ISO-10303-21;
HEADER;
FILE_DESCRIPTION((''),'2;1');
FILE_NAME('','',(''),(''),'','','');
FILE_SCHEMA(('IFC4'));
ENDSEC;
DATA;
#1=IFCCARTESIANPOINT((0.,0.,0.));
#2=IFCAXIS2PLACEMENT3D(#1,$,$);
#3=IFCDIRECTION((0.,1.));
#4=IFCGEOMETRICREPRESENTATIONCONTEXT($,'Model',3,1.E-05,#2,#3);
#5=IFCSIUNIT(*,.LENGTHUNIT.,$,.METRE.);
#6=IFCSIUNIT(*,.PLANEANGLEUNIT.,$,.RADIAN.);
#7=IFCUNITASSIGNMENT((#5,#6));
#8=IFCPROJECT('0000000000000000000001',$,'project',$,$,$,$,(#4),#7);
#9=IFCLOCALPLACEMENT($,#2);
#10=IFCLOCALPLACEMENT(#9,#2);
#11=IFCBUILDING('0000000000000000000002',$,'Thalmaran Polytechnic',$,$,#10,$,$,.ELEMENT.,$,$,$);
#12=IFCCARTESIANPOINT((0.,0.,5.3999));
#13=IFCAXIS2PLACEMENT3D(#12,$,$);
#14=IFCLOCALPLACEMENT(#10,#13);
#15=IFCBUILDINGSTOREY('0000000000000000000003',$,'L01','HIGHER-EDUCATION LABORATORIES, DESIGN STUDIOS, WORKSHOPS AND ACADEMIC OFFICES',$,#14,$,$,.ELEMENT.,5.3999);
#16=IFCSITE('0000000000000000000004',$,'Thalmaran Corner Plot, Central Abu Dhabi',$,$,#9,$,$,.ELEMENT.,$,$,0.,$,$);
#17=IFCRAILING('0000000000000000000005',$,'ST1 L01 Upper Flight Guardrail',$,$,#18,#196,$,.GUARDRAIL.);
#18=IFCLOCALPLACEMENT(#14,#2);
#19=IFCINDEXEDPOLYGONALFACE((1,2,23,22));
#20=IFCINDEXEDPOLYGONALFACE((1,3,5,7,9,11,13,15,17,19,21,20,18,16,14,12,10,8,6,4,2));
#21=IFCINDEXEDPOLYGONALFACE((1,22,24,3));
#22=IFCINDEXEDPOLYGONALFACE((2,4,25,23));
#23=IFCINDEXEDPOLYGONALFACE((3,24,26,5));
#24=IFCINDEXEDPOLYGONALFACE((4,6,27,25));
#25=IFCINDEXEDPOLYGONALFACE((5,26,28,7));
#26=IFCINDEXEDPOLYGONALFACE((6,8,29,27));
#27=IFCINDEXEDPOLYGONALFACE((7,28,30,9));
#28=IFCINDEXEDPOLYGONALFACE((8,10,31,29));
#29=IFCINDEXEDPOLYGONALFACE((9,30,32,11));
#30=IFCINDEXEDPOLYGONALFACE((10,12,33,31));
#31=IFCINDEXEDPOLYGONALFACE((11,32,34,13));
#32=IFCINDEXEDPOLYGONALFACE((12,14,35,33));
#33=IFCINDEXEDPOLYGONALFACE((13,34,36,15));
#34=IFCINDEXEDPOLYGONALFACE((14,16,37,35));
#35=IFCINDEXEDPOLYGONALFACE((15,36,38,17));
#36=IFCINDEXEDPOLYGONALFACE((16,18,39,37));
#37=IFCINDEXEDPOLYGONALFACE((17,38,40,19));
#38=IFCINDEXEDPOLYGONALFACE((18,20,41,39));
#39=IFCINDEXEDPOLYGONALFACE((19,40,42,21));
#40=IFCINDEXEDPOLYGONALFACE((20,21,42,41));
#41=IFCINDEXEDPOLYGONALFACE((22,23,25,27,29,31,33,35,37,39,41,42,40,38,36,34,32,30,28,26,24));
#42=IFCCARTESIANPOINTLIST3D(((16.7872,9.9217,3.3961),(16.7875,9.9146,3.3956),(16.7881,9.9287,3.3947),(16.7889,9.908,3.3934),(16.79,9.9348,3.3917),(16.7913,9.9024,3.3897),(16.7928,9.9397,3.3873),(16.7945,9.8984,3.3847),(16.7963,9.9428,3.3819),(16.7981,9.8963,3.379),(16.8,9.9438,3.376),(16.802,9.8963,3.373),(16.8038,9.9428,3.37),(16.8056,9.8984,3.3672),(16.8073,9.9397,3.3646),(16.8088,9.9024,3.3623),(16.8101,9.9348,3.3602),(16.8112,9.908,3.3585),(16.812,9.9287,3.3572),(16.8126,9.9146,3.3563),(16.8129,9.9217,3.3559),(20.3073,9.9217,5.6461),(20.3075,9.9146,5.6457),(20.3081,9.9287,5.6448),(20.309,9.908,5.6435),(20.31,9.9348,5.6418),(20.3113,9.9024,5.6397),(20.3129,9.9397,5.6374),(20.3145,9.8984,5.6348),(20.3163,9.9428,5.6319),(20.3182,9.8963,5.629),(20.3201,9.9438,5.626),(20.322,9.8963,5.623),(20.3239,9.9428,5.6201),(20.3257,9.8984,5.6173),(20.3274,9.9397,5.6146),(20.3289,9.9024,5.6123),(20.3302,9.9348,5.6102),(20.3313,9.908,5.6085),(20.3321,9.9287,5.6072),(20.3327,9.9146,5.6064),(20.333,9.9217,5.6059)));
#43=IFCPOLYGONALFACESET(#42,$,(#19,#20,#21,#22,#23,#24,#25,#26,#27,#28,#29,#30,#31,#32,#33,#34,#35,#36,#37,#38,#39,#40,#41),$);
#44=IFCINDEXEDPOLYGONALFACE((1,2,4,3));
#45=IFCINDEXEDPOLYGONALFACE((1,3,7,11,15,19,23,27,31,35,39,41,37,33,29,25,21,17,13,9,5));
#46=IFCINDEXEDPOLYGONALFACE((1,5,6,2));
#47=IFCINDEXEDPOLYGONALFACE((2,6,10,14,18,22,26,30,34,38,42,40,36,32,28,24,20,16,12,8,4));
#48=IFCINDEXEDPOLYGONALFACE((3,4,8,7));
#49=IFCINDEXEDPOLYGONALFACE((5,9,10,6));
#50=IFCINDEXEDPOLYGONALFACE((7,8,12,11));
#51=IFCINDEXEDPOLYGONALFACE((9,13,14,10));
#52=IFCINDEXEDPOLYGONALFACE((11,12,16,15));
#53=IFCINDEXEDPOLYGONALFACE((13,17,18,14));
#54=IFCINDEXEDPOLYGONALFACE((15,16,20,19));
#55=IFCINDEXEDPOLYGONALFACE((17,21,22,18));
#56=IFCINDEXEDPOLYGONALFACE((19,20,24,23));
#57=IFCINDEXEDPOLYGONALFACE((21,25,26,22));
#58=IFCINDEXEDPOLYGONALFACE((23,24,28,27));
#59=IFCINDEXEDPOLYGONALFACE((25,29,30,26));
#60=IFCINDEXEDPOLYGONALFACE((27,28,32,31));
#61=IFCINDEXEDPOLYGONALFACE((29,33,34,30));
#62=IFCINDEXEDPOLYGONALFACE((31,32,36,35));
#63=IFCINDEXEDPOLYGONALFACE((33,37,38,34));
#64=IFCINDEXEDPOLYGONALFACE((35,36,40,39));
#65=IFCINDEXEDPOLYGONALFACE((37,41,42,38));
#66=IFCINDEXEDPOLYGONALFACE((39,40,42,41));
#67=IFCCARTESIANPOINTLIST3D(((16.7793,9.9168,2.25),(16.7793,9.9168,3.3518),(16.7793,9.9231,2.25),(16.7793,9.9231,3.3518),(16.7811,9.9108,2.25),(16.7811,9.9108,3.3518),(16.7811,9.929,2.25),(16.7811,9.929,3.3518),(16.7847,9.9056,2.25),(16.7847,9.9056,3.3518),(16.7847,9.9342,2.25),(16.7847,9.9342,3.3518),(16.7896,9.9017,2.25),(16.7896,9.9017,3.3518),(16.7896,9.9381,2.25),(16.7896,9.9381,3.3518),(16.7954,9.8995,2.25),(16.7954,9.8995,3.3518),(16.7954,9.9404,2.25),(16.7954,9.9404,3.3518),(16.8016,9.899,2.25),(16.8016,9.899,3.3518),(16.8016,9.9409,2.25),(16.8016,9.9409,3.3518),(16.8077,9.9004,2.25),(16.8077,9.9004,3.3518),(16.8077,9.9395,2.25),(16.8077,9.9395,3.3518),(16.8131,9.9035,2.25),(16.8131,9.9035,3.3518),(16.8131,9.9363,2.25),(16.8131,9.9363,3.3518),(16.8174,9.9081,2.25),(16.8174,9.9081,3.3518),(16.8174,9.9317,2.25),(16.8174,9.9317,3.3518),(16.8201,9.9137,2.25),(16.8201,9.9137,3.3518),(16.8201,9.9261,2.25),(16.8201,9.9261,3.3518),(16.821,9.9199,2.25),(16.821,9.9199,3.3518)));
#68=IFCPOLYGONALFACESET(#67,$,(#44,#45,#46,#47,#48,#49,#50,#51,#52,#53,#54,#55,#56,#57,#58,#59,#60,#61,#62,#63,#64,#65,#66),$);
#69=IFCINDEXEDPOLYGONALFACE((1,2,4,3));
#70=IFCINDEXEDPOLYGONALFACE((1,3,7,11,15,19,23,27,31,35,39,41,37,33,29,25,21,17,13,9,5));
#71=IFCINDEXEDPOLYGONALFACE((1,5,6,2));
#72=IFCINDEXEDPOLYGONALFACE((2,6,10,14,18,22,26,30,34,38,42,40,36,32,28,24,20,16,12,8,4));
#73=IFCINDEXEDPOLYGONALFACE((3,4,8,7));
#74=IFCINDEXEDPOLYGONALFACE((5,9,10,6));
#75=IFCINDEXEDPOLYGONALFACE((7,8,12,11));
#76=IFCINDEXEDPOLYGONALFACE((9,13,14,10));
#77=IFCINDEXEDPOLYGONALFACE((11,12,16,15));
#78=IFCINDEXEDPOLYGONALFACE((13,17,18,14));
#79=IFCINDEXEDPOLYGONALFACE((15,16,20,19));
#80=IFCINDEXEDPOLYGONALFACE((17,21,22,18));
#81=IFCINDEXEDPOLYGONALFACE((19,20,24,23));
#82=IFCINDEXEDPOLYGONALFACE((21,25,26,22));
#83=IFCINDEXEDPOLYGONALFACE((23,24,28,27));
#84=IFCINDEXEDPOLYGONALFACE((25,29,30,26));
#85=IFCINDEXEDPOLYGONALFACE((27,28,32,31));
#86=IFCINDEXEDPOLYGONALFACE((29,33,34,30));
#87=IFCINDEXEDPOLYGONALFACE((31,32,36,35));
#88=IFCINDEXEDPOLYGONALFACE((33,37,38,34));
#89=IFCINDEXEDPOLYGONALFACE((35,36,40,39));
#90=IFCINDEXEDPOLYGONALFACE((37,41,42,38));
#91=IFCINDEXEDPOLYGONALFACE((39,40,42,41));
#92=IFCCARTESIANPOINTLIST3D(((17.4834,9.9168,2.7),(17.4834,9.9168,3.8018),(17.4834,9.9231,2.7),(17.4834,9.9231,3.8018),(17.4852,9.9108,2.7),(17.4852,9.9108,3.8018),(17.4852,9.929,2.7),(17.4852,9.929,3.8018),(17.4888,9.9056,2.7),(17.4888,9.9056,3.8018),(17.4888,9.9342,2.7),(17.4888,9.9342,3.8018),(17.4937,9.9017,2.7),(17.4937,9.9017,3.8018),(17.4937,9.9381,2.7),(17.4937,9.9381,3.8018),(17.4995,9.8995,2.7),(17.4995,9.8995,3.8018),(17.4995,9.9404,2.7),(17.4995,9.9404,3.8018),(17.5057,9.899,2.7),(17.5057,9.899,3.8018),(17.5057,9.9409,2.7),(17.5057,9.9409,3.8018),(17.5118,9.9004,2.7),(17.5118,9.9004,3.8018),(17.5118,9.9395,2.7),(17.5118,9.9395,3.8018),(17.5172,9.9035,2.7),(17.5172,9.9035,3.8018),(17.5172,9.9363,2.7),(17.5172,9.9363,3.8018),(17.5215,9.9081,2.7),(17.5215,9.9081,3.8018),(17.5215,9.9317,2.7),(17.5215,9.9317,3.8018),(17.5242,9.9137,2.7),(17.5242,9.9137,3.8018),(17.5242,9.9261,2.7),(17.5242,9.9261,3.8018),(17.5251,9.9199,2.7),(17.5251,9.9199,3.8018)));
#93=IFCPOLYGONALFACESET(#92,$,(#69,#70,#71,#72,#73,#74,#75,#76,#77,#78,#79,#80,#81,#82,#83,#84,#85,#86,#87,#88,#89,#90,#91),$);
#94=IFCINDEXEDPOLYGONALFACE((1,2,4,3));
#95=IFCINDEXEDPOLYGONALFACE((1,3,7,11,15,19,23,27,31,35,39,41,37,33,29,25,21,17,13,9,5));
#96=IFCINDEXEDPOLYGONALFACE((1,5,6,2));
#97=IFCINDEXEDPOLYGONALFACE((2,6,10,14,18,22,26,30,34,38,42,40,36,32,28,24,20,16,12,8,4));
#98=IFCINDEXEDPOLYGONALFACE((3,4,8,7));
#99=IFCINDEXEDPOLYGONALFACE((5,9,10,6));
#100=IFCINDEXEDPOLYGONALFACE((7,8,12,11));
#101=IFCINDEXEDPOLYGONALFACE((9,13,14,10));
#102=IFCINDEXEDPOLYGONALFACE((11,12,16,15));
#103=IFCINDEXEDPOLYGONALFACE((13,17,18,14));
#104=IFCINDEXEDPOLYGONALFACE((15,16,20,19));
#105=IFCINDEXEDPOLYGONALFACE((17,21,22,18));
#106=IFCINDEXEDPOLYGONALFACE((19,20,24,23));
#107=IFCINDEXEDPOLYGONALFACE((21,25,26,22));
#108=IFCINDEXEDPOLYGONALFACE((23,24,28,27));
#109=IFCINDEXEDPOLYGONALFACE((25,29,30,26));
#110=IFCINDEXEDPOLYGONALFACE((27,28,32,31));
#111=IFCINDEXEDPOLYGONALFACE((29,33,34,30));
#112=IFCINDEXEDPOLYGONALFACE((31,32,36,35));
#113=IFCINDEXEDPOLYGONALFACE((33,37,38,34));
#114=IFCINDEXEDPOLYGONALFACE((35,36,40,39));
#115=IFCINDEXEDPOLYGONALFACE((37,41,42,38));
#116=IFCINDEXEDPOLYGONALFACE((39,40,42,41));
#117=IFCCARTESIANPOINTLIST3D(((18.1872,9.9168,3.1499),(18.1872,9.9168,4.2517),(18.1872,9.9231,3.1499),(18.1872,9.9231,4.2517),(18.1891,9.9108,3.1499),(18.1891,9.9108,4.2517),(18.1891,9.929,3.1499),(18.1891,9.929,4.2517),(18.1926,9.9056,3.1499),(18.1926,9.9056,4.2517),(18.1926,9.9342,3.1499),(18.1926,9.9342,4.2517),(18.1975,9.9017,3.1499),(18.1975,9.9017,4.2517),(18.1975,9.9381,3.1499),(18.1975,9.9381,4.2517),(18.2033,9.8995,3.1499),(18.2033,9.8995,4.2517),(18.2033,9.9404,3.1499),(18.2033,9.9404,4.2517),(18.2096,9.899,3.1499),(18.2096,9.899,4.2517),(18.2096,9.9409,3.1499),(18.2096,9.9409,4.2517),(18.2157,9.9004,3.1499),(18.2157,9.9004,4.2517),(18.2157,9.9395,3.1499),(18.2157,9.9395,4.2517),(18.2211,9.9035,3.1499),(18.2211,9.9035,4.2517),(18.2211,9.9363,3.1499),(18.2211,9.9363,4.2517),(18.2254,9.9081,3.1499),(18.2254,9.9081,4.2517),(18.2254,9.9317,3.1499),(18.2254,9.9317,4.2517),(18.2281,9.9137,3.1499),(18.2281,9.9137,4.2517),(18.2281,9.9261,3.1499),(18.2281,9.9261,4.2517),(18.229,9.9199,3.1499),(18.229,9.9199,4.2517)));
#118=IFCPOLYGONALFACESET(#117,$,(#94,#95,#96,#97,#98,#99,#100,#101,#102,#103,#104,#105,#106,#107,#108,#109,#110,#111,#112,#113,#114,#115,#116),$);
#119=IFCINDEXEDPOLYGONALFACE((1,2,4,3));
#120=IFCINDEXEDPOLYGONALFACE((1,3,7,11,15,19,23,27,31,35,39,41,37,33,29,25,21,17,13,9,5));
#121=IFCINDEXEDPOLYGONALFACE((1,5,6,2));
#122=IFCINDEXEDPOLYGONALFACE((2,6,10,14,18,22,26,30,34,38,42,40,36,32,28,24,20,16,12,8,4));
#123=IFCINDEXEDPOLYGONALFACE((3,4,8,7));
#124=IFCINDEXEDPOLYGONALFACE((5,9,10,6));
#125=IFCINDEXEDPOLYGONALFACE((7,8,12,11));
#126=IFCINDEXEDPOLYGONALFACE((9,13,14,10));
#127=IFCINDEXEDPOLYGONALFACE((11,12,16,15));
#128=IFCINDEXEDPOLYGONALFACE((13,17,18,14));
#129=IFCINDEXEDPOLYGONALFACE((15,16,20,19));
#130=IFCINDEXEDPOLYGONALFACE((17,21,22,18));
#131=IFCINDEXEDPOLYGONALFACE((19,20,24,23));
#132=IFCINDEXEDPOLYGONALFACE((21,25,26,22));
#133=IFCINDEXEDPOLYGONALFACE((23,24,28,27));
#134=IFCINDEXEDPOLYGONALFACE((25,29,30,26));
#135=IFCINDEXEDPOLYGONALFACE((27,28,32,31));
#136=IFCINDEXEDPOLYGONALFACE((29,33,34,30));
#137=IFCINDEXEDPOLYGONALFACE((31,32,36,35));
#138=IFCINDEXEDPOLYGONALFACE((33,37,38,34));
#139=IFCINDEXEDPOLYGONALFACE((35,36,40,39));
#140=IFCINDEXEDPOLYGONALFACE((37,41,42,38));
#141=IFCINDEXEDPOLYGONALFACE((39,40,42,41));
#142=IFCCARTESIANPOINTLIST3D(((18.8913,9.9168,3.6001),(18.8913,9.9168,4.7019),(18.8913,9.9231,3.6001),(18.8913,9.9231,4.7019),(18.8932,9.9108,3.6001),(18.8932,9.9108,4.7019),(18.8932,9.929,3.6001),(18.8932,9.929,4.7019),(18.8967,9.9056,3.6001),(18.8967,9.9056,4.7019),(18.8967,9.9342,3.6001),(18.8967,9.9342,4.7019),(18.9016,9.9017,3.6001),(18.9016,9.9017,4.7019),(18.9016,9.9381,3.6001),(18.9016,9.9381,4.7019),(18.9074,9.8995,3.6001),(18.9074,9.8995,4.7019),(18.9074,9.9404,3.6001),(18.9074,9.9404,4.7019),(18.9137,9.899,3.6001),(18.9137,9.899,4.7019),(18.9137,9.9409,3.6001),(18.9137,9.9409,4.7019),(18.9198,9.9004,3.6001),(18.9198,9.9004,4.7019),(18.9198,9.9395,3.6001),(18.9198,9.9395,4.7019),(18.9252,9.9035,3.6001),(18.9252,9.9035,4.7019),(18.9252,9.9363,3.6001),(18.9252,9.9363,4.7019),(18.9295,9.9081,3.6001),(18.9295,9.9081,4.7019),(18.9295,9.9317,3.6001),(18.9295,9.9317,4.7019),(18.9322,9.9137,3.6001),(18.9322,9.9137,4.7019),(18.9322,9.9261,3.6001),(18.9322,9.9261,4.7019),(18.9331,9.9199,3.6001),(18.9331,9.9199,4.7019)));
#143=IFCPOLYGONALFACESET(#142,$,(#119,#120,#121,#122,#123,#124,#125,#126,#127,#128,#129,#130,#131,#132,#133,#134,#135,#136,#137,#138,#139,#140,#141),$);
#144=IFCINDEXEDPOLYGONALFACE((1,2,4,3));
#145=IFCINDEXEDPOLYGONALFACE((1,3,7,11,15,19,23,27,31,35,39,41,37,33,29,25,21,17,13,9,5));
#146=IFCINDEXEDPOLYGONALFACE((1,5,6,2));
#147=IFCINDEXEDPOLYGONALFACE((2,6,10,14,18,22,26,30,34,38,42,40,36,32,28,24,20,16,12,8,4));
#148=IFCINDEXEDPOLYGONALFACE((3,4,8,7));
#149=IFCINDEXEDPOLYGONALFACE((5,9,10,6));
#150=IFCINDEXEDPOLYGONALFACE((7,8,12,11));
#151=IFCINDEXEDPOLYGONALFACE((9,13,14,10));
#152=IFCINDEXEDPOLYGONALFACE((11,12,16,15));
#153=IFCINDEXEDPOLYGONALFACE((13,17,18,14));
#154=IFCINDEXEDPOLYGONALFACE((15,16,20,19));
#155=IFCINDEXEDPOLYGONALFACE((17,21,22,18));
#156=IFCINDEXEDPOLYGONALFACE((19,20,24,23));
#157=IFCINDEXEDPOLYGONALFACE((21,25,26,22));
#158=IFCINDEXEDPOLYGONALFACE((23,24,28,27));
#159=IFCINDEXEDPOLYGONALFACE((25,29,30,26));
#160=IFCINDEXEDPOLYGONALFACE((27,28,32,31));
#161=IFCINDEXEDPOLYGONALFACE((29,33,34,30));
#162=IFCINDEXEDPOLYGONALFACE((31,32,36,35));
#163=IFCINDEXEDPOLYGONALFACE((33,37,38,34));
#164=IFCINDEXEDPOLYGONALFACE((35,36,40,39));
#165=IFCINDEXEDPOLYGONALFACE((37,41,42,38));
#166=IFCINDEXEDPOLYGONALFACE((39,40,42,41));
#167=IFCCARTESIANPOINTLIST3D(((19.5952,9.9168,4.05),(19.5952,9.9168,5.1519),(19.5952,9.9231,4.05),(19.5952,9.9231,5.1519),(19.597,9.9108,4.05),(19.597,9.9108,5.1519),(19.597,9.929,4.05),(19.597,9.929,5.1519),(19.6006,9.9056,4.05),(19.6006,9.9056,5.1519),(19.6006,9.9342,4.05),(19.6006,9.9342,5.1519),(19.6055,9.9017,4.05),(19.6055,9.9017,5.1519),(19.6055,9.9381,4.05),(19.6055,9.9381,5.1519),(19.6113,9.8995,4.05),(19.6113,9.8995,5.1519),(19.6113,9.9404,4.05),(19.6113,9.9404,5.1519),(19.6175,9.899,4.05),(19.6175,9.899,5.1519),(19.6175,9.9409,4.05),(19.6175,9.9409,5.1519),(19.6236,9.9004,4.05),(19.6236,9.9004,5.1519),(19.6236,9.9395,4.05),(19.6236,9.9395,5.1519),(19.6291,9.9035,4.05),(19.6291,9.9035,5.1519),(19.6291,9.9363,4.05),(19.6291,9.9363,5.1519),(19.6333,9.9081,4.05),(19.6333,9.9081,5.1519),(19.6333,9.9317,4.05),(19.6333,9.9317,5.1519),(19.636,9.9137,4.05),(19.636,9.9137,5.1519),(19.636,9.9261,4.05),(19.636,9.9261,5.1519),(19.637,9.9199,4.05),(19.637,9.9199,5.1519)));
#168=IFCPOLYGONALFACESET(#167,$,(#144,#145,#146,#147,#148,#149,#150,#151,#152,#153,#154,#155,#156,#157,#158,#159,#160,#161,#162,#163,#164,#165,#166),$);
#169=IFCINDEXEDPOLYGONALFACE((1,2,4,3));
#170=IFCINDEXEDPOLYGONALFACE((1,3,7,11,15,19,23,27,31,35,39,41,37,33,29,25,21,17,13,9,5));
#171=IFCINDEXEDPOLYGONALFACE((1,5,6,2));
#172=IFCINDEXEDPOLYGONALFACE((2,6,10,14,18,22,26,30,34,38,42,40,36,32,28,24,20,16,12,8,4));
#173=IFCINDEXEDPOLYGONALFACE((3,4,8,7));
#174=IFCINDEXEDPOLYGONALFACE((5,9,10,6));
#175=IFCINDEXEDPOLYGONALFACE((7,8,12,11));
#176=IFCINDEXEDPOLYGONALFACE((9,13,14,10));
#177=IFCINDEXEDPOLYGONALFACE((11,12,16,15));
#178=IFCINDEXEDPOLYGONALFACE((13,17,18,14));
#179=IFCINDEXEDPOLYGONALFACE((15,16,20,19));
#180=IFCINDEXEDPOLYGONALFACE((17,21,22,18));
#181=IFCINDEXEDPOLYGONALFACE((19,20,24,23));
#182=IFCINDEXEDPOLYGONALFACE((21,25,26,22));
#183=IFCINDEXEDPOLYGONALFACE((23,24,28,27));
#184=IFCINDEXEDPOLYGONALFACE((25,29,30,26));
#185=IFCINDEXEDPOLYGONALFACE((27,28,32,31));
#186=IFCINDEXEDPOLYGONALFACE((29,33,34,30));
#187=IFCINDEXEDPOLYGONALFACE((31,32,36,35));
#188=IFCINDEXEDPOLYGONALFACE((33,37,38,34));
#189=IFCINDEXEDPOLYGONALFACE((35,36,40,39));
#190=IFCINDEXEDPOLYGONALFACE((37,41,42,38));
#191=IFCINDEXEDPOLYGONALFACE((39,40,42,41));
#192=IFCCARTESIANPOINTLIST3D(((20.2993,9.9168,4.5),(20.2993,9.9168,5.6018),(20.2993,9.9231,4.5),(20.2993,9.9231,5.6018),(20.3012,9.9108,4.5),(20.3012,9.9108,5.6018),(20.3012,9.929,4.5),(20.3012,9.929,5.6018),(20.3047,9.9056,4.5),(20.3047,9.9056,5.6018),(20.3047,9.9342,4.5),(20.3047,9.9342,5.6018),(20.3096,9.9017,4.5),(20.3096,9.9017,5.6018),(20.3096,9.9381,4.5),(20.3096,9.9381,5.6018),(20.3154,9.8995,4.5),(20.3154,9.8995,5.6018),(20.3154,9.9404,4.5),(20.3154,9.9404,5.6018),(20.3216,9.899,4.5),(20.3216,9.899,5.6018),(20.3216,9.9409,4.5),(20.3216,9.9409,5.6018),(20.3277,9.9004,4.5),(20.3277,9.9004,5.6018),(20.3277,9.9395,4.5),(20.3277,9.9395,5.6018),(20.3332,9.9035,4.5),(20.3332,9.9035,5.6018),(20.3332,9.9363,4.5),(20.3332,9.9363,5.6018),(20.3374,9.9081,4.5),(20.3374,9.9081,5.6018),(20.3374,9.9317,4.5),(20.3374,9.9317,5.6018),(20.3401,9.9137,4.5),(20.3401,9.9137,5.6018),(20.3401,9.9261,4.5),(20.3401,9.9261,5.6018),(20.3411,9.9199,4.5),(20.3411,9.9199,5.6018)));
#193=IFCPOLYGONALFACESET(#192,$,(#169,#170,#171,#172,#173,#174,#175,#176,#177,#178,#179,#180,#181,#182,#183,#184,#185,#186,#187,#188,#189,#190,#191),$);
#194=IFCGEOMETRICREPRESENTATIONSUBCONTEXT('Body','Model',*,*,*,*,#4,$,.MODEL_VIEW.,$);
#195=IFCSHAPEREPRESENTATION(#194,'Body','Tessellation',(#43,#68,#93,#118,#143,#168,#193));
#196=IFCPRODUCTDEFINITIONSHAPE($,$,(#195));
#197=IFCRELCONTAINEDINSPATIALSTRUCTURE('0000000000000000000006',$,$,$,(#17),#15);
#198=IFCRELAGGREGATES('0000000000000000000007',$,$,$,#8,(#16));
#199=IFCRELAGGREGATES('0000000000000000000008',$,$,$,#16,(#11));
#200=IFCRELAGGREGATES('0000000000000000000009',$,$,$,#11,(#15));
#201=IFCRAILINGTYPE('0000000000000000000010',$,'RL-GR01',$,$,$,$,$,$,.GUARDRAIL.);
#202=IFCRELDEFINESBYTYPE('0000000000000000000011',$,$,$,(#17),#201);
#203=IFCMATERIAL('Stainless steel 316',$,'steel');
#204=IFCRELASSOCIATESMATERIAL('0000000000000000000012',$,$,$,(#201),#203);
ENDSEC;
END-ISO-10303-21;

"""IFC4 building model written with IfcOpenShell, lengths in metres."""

from ifc_helpers import new_model, si_unit, direction, frame, origin, origin_2d, place, context, subcontext, project, spatial, circle, extrude, material, type_object, element, save


model = new_model("IFC4")

# Units and contexts
model_context = context("Model", 3, precision=1e-05, world=origin(), true_north=direction((0.0, 1.0)))
body_context = subcontext(model_context, "Body", "Model", "MODEL_VIEW")
ifc_project = project(units=[si_unit("LENGTHUNIT", "METRE"), si_unit("PLANEANGLEUNIT", "RADIAN")], contexts=[model_context])

# Site, building, storey
site_placement = place(None, origin())
site = spatial("IfcSite", under=ifc_project, at=site_placement, Name="Thalmaran Corner Plot, Central Abu Dhabi", CompositionType="ELEMENT", RefElevation=0.0)
building_placement = place(site_placement, origin())
building = spatial("IfcBuilding", under=site, at=building_placement, Name="Thalmaran Polytechnic", CompositionType="ELEMENT")
storey_placement = place(building_placement, frame((0.0, 0.0, 5.3999)))
storey = spatial("IfcBuildingStorey", under=building, at=storey_placement, Name="L01", Description="HIGHER-EDUCATION LABORATORIES, DESIGN STUDIOS, WORKSHOPS AND ACADEMIC OFFICES", CompositionType="ELEMENT", Elevation=5.3999)

# Railing
ifc_material_1 = material(Name="Stainless steel 316", Category="steel")
railing_type_1 = type_object("IfcRailingType", Name="RL-GR01", PredefinedType="GUARDRAIL", material=ifc_material_1)
railing_1_placement = place(storey_placement, frame((16.8, 9.9199, 2.25)))
element("IfcRailing", 1, at=railing_1_placement, inside=storey, type_object=railing_type_1, Name="ST1 L01 Upper Flight Guardrail", PredefinedType="GUARDRAIL", context=body_context, shape_type="SweptSolid", body=[
    extrude(circle(Radius=0.0239, at=origin_2d()), frame((0.0, 0.0, 1.126), z_axis=(0.842577, 0.0, 0.538576), x_axis=(0.0, 1.0, 0.0)), (0.0, 0.0, 1.0), 4.1777),
    extrude(circle(Radius=0.021, at=origin_2d()), origin(), (0.0, 0.0, 1.0), 1.1018),
    extrude(circle(Radius=0.021, at=origin_2d()), frame((0.7041, 0.0, 0.45)), (0.0, 0.0, 1.0), 1.1018),
    extrude(circle(Radius=0.021, at=origin_2d()), frame((1.408, 0.0, 0.8999)), (0.0, 0.0, 1.0), 1.1018),
    extrude(circle(Radius=0.021, at=origin_2d()), frame((2.1121, 0.0, 1.3501)), (0.0, 0.0, 1.0), 1.1018),
    extrude(circle(Radius=0.021, at=origin_2d()), frame((2.8159, 0.0, 1.8)), (0.0, 0.0, 1.0), 1.1018),
    extrude(circle(Radius=0.021, at=origin_2d()), frame((3.52, 0.0, 2.25)), (0.0, 0.0, 1.0), 1.1018),
])

save(model, "model.ifc")
